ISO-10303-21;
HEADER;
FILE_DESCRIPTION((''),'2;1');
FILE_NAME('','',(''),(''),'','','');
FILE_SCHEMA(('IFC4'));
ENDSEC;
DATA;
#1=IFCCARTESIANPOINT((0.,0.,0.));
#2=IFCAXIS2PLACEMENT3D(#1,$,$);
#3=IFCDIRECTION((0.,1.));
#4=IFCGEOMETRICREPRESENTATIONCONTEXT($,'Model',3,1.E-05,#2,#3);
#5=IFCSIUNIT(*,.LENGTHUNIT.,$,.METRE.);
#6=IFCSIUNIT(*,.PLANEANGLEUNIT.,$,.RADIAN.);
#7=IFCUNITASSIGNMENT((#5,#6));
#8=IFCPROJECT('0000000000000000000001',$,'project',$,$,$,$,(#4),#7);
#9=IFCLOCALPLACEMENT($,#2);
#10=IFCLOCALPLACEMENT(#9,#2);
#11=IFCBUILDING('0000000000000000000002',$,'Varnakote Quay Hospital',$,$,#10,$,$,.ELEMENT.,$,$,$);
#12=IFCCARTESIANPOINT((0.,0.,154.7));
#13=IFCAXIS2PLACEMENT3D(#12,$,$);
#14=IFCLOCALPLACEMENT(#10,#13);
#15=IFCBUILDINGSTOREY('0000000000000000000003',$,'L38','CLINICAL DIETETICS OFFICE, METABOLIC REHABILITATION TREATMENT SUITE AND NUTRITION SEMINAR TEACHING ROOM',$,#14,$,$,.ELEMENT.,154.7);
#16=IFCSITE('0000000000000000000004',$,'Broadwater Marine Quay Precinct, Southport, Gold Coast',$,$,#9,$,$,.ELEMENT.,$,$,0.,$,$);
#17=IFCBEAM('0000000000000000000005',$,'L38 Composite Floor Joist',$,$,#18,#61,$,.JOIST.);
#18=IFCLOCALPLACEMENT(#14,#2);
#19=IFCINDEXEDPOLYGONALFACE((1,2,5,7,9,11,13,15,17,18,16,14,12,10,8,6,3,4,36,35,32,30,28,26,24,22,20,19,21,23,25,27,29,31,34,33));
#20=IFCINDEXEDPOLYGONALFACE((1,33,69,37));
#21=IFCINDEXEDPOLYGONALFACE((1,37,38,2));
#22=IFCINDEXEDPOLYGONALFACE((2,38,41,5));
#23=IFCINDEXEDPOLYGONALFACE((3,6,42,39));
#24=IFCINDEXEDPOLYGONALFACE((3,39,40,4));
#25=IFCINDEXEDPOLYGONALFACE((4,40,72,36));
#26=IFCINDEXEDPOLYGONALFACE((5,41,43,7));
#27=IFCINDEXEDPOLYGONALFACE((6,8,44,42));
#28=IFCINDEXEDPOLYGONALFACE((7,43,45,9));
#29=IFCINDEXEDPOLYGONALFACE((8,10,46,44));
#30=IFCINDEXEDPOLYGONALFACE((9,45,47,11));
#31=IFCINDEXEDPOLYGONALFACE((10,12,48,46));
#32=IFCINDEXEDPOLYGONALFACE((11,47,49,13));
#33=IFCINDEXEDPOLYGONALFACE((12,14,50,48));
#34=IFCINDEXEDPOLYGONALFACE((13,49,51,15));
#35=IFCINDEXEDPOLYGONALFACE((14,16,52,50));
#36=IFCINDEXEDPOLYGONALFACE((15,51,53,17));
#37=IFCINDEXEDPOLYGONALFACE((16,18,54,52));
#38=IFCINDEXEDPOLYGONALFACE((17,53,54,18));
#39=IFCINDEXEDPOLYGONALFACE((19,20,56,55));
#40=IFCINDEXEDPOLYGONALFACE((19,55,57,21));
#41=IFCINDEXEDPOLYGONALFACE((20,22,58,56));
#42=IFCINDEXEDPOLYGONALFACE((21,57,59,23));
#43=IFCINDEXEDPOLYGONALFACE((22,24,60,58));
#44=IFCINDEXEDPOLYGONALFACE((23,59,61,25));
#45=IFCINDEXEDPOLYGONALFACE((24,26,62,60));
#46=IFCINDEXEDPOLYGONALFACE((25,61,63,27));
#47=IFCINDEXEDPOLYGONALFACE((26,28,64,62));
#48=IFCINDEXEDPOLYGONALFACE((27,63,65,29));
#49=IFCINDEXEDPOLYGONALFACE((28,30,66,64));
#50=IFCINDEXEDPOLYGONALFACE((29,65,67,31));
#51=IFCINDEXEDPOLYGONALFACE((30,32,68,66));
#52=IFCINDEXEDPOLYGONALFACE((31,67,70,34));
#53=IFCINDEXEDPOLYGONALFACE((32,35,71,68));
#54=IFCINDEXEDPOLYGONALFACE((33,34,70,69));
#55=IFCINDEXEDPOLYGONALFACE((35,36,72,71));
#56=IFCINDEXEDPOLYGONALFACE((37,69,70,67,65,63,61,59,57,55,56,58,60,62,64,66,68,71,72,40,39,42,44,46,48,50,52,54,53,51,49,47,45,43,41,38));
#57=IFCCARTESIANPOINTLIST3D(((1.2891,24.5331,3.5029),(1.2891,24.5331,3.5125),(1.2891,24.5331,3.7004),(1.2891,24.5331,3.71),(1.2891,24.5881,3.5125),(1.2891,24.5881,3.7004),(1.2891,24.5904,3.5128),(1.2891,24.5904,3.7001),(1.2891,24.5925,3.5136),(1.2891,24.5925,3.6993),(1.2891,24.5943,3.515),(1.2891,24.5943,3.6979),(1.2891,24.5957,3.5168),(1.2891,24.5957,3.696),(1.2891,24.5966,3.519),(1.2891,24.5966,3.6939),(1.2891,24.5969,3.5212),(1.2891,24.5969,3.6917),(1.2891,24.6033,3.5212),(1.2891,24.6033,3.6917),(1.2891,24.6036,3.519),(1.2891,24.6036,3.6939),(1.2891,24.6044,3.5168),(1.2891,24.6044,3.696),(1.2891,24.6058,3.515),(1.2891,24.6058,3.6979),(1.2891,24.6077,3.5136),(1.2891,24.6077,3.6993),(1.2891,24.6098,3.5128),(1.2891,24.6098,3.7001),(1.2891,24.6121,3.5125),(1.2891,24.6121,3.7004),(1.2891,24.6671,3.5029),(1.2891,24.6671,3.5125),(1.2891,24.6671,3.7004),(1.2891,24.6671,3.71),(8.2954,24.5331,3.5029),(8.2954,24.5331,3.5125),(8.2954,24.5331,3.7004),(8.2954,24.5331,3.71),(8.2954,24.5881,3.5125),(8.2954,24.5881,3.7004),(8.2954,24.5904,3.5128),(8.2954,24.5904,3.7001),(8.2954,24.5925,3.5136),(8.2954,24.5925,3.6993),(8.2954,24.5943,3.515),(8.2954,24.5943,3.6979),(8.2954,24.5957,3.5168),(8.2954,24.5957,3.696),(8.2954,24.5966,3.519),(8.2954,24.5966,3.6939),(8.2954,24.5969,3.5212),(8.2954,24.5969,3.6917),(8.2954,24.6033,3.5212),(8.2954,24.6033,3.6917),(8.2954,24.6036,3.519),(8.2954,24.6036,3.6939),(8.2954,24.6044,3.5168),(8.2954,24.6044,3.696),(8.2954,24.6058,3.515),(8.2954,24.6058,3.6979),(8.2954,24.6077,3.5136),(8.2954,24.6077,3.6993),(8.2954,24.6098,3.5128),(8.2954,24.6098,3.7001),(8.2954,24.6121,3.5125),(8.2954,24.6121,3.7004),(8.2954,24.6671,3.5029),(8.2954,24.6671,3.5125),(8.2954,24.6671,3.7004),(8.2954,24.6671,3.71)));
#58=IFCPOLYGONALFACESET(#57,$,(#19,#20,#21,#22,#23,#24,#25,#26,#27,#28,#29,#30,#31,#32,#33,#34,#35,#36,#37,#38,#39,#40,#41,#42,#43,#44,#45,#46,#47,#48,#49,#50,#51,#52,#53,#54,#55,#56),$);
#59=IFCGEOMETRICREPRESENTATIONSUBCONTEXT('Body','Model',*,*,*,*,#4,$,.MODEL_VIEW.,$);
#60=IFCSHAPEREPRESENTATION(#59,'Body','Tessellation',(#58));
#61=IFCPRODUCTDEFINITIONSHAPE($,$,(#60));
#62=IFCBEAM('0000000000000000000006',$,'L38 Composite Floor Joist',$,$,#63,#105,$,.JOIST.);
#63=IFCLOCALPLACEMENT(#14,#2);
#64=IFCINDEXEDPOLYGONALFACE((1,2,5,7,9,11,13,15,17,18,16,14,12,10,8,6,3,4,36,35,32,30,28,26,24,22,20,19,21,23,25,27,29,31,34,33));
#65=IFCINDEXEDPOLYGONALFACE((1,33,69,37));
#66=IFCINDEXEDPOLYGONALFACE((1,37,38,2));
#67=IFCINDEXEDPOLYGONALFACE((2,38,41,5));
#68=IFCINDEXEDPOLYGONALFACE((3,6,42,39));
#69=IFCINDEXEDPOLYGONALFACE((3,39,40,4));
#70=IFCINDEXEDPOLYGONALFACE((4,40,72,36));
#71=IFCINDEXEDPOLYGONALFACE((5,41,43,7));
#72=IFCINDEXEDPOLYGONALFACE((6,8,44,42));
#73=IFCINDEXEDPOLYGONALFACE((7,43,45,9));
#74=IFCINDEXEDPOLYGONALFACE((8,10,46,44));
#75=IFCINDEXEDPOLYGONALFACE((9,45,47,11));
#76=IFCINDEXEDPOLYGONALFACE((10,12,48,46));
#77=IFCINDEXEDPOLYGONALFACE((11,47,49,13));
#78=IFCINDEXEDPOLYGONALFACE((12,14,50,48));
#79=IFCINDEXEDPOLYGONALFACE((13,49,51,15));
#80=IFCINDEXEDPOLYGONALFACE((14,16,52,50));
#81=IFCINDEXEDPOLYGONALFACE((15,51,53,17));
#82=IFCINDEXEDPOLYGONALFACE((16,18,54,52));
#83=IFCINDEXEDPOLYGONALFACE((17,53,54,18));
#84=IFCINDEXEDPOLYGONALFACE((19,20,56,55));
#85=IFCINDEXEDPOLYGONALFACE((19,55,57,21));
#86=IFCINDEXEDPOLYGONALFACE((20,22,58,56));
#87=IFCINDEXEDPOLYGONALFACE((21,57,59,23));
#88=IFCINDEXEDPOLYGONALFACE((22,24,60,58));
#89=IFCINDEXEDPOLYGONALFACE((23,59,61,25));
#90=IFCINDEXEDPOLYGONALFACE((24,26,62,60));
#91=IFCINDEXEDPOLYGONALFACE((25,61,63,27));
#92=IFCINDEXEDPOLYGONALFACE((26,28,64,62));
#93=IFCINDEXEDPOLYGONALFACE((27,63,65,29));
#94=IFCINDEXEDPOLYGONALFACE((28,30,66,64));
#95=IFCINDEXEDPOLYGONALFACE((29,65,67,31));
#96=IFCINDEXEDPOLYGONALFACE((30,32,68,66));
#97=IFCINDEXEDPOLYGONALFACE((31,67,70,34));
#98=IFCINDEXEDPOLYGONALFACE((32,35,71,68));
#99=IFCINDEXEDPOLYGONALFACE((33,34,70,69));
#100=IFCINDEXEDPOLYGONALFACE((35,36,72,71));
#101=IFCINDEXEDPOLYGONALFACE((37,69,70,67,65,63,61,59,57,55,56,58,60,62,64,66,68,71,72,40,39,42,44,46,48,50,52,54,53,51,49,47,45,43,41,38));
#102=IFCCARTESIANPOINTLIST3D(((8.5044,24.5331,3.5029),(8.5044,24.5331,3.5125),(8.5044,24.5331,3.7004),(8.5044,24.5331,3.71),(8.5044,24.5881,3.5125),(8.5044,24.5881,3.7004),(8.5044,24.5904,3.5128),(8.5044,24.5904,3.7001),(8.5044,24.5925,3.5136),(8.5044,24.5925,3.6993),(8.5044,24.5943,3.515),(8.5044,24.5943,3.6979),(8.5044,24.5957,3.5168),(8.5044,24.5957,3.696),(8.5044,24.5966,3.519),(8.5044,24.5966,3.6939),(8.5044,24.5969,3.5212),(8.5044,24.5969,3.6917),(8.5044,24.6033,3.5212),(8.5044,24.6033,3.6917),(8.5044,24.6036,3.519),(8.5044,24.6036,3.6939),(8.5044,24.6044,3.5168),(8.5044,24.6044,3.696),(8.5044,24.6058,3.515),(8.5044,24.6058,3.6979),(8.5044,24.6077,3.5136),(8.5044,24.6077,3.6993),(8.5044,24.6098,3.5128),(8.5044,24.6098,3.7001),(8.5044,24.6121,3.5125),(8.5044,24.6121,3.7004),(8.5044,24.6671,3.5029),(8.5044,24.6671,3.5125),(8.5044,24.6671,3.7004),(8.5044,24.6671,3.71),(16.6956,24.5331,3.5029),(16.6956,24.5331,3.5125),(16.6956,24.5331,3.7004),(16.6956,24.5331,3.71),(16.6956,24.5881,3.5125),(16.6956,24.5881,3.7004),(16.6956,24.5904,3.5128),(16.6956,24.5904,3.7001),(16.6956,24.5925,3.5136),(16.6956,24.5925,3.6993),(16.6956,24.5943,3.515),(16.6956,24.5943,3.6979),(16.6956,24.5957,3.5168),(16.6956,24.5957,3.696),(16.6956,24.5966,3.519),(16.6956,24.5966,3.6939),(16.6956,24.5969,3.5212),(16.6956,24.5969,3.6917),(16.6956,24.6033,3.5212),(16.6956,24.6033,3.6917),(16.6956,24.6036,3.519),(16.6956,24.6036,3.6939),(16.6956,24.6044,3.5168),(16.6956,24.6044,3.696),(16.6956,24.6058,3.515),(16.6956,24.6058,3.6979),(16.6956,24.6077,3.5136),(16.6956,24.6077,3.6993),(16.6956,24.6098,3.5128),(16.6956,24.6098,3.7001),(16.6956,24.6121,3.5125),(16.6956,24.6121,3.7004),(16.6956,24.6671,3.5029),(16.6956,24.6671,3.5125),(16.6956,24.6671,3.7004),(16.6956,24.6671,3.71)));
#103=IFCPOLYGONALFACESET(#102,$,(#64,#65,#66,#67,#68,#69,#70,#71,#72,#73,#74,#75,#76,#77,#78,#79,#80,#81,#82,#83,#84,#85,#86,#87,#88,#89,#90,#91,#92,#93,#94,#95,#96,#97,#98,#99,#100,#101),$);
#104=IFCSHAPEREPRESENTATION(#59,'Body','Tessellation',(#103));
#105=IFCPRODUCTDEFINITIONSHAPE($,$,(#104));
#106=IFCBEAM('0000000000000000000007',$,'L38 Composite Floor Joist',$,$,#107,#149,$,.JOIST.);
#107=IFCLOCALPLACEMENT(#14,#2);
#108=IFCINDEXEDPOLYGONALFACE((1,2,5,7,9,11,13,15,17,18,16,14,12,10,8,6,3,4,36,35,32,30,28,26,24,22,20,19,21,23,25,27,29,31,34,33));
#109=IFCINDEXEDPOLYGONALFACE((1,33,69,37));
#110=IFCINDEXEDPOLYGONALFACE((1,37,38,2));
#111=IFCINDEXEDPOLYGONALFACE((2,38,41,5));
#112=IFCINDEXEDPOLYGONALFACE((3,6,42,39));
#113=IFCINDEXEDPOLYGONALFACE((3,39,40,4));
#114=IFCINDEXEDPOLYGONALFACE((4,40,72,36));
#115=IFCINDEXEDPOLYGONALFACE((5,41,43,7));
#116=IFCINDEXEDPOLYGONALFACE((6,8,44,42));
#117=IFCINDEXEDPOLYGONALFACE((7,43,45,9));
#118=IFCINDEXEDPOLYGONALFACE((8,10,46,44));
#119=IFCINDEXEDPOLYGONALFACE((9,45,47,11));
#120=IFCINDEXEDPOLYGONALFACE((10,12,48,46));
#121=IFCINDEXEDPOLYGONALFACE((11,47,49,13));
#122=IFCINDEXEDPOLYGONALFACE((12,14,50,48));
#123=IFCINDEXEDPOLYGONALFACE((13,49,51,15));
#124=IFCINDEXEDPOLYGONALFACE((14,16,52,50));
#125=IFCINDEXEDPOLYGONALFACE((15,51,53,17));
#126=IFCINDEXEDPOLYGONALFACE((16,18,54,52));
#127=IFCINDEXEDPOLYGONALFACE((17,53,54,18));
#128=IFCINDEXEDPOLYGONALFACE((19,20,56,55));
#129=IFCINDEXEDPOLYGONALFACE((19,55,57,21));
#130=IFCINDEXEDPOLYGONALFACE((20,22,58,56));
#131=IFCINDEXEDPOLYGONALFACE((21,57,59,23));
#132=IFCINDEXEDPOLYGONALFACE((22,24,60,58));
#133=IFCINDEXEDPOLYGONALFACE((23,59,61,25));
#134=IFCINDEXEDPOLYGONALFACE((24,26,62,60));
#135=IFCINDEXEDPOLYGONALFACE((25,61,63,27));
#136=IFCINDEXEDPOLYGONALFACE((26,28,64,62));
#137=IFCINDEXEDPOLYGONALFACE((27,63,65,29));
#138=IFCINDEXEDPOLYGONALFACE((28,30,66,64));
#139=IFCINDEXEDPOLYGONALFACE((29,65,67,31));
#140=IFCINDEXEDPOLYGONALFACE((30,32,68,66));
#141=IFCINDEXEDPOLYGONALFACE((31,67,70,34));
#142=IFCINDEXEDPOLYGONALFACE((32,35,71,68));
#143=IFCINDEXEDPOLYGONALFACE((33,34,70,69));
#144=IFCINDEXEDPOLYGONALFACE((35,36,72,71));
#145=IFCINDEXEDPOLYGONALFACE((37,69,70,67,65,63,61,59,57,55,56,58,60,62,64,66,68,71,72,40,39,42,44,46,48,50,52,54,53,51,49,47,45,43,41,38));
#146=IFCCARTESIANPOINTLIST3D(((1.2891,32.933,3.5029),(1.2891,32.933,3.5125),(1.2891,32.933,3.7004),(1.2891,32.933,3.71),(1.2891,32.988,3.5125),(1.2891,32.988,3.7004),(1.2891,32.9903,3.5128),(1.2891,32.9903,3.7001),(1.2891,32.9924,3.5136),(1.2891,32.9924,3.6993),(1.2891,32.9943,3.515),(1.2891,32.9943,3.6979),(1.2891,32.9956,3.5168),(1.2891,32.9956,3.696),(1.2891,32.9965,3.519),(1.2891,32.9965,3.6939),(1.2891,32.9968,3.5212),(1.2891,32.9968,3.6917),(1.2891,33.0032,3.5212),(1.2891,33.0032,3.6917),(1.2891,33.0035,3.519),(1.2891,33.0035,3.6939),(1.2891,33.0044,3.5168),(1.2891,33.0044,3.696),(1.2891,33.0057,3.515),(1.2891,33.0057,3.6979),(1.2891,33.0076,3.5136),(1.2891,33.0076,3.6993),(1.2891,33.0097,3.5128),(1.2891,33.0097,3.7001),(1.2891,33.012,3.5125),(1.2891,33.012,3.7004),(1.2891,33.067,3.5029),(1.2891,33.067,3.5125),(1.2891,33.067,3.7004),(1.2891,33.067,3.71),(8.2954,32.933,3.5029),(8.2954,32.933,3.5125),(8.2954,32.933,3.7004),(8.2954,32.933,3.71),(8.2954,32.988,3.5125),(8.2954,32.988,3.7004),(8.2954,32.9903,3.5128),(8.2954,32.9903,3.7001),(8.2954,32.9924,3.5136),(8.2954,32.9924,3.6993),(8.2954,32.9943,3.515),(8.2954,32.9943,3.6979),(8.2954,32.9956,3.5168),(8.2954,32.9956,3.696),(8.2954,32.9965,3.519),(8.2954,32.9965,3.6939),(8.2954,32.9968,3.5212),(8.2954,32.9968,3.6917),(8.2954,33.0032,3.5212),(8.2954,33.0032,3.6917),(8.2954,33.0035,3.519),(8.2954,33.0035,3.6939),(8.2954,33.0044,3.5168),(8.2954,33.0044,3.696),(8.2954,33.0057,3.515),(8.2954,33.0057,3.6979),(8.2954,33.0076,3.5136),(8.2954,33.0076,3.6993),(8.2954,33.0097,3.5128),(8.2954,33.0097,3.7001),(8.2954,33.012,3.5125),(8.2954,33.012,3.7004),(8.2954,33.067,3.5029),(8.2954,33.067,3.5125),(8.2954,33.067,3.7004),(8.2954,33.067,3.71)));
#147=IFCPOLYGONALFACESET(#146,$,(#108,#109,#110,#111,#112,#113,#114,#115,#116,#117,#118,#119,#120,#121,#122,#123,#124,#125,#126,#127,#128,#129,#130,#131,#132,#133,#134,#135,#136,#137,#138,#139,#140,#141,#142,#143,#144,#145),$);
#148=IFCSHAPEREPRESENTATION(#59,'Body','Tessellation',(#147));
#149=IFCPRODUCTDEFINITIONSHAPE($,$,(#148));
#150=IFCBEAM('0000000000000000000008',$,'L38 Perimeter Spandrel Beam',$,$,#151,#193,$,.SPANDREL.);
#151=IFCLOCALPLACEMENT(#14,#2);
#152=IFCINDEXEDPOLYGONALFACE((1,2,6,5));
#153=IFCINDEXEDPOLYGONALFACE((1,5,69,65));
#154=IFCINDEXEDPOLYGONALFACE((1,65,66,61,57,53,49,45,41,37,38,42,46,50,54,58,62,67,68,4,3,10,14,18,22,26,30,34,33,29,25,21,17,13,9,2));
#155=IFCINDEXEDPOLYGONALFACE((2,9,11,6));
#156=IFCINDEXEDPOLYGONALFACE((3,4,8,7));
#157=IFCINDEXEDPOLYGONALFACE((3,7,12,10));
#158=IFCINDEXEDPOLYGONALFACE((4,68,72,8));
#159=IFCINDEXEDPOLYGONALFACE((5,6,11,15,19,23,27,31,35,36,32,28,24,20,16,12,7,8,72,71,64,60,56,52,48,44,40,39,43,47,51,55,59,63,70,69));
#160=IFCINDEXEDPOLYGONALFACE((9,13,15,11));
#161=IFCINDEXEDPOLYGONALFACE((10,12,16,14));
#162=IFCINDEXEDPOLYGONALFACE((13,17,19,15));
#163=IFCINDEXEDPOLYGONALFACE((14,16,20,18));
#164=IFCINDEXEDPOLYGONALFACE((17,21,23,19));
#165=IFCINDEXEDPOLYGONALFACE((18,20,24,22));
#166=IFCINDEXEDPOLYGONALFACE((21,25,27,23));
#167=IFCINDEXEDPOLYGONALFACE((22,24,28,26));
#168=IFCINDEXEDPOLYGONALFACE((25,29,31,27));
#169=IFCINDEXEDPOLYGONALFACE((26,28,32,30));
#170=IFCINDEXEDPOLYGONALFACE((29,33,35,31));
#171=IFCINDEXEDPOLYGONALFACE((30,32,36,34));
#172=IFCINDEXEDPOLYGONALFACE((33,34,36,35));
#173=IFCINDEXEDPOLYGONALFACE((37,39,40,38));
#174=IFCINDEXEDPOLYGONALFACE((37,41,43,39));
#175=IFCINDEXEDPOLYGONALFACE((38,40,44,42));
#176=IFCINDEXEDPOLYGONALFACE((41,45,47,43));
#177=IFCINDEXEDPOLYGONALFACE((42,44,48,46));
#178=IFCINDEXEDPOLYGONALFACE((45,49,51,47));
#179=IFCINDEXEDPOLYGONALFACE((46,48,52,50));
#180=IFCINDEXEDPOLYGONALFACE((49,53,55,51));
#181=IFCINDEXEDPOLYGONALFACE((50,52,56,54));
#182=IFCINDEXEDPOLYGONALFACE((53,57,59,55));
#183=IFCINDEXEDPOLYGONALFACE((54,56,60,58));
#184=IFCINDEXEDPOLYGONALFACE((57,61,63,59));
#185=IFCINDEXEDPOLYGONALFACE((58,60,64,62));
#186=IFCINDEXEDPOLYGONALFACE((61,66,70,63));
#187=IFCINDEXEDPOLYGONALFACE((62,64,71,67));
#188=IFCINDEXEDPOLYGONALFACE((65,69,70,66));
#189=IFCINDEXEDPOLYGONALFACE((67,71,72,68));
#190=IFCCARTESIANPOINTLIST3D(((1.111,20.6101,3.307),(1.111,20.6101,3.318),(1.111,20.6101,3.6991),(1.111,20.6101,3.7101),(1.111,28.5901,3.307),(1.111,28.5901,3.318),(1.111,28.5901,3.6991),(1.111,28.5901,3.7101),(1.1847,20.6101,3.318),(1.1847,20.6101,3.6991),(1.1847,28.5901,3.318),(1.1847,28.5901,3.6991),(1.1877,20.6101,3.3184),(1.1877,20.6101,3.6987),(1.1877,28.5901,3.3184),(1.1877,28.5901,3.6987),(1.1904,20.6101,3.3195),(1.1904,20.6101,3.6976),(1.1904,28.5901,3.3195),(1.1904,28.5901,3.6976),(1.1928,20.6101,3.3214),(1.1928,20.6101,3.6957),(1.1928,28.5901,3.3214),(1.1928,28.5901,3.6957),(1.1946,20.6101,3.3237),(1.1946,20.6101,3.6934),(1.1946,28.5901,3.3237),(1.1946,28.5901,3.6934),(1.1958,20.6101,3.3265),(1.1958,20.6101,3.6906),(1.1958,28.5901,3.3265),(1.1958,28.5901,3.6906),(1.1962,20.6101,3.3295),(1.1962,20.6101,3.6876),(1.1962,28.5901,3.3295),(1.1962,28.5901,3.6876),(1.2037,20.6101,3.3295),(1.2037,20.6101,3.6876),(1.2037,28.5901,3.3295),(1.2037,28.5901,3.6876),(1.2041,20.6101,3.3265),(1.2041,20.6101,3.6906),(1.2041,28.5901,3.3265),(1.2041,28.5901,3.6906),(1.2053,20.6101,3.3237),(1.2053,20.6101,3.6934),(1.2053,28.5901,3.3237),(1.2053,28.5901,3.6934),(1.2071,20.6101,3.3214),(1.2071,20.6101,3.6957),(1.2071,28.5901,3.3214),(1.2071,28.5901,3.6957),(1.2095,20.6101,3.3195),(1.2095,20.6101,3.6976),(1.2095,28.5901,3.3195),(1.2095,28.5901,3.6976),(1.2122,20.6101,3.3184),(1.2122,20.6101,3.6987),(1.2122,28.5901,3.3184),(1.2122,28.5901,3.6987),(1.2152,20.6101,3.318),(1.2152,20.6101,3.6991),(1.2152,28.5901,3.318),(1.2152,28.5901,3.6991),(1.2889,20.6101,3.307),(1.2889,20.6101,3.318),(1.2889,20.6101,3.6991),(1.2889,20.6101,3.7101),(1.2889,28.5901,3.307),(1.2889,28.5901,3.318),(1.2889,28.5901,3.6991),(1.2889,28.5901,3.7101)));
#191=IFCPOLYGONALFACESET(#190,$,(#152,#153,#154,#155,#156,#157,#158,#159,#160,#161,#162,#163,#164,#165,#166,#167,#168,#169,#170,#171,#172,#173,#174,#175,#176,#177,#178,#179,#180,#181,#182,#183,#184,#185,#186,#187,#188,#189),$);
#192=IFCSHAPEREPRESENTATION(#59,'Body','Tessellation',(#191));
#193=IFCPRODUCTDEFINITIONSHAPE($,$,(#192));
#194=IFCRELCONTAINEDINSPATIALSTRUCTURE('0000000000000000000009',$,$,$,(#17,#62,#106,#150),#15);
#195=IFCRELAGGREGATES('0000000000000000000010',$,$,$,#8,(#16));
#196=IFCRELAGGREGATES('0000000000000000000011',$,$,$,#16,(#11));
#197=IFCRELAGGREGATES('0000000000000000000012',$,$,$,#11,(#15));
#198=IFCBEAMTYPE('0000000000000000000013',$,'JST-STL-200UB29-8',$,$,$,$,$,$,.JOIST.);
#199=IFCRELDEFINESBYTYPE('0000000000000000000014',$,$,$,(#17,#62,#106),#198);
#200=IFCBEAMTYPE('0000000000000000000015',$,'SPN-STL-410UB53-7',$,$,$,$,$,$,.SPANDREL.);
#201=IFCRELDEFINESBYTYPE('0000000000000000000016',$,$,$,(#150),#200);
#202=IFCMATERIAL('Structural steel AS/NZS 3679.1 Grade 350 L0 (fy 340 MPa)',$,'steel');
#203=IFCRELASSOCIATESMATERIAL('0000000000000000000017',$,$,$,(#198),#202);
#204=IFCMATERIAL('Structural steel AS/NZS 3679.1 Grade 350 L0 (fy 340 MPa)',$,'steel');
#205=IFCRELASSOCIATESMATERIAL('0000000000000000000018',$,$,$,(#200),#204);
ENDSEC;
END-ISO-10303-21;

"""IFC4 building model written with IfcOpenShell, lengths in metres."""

from ifc_helpers import new_model, si_unit, direction, frame, origin, origin_2d, place, context, subcontext, project, spatial, i_section, extrude, material, material_profile, profile_set, type_object, element, save


model = new_model("IFC4")

# Units and contexts
model_context = context("Model", 3, precision=1e-05, world=origin(), true_north=direction((0.0, 1.0)))
body_context = subcontext(model_context, "Body", "Model", "MODEL_VIEW")
ifc_project = project(units=[si_unit("LENGTHUNIT", "METRE"), si_unit("PLANEANGLEUNIT", "RADIAN")], contexts=[model_context])

# Site, building, storey
site_placement = place(None, origin())
site = spatial("IfcSite", under=ifc_project, at=site_placement, Name="Broadwater Marine Quay Precinct, Southport, Gold Coast", CompositionType="ELEMENT", RefElevation=0.0)
building_placement = place(site_placement, origin())
building = spatial("IfcBuilding", under=site, at=building_placement, Name="Varnakote Quay Hospital", CompositionType="ELEMENT")
storey_placement = place(building_placement, frame((0.0, 0.0, 154.7)))
storey = spatial("IfcBuildingStorey", under=building, at=storey_placement, Name="L38", Description="CLINICAL DIETETICS OFFICE, METABOLIC REHABILITATION TREATMENT SUITE AND NUTRITION SEMINAR TEACHING ROOM", CompositionType="ELEMENT", Elevation=154.7)

# Beams
ifc_material_1 = material(Name="Structural steel AS/NZS 3679.1 Grade 350 L0 (fy 340 MPa)", Category="steel")
ifc_material_profile_1 = material_profile(ifc_material_1, i_section(OverallWidth=0.134, OverallDepth=0.207, WebThickness=0.0063, FlangeThickness=0.0095, FilletRadius=0.0088, at=origin_2d()), Name="200UB29.8")
ifc_profile_set_1 = profile_set([ifc_material_profile_1], Name="Structural steel AS/NZS 3679.1 Grade 350 L0 (fy 340 MPa)")
beam_type_1 = type_object("IfcBeamType", Name="JST-STL-200UB29-8", PredefinedType="JOIST", material=ifc_profile_set_1)
beam_1_placement = place(storey_placement, frame((1.2891, 24.6001, 3.6064), z_axis=(1.0, 0.0, 0.0), x_axis=(0.0, 1.0, 0.0)))
element("IfcBeam", 1, at=beam_1_placement, inside=storey, type_object=beam_type_1, Name="L38 Composite Floor Joist", PredefinedType="JOIST", context=body_context, shape_type="SweptSolid", body=[
    extrude(i_section(OverallWidth=0.134, OverallDepth=0.207, WebThickness=0.0063, FlangeThickness=0.0095, FilletRadius=0.0088, at=origin_2d()), origin(), (0.0, 0.0, 1.0), 7.0063),
])
beam_2_placement = place(storey_placement, frame((8.5044, 24.6001, 3.6064), z_axis=(1.0, 0.0, 0.0), x_axis=(0.0, 1.0, 0.0)))
element("IfcBeam", 2, at=beam_2_placement, inside=storey, type_object=beam_type_1, Name="L38 Composite Floor Joist", PredefinedType="JOIST", context=body_context, shape_type="SweptSolid", body=[
    extrude(i_section(OverallWidth=0.134, OverallDepth=0.207, WebThickness=0.0063, FlangeThickness=0.0095, FilletRadius=0.0088, at=origin_2d()), origin(), (0.0, 0.0, 1.0), 8.1912),
])
beam_3_placement = place(storey_placement, frame((1.2891, 33.0, 3.6064), z_axis=(1.0, 0.0, 0.0), x_axis=(0.0, 1.0, 0.0)))
element("IfcBeam", 3, at=beam_3_placement, inside=storey, type_object=beam_type_1, Name="L38 Composite Floor Joist", PredefinedType="JOIST", context=body_context, shape_type="SweptSolid", body=[
    extrude(i_section(OverallWidth=0.134, OverallDepth=0.207, WebThickness=0.0063, FlangeThickness=0.0095, FilletRadius=0.0088, at=origin_2d()), origin(), (0.0, 0.0, 1.0), 7.0063),
])
ifc_material_2 = material(Name="Structural steel AS/NZS 3679.1 Grade 350 L0 (fy 340 MPa)", Category="steel")
ifc_material_profile_2 = material_profile(ifc_material_2, i_section(OverallWidth=0.178, OverallDepth=0.4031, WebThickness=0.0076, FlangeThickness=0.011, FilletRadius=0.0115, at=origin_2d()), Name="410UB53.7")
ifc_profile_set_2 = profile_set([ifc_material_profile_2], Name="Structural steel AS/NZS 3679.1 Grade 350 L0 (fy 340 MPa)")
beam_type_2 = type_object("IfcBeamType", Name="SPN-STL-410UB53-7", PredefinedType="SPANDREL", material=ifc_profile_set_2)
beam_4_placement = place(storey_placement, frame((1.2, 20.6101, 3.5085), z_axis=(0.0, 1.0, 0.0), x_axis=(-1.0, 0.0, 0.0)))
element("IfcBeam", 4, at=beam_4_placement, inside=storey, type_object=beam_type_2, Name="L38 Perimeter Spandrel Beam", PredefinedType="SPANDREL", context=body_context, shape_type="SweptSolid", body=[
    extrude(i_section(OverallWidth=0.178, OverallDepth=0.4031, WebThickness=0.0076, FlangeThickness=0.011, FilletRadius=0.0115, at=origin_2d()), origin(), (0.0, 0.0, 1.0), 7.98),
])

save(model, "model.ifc")
